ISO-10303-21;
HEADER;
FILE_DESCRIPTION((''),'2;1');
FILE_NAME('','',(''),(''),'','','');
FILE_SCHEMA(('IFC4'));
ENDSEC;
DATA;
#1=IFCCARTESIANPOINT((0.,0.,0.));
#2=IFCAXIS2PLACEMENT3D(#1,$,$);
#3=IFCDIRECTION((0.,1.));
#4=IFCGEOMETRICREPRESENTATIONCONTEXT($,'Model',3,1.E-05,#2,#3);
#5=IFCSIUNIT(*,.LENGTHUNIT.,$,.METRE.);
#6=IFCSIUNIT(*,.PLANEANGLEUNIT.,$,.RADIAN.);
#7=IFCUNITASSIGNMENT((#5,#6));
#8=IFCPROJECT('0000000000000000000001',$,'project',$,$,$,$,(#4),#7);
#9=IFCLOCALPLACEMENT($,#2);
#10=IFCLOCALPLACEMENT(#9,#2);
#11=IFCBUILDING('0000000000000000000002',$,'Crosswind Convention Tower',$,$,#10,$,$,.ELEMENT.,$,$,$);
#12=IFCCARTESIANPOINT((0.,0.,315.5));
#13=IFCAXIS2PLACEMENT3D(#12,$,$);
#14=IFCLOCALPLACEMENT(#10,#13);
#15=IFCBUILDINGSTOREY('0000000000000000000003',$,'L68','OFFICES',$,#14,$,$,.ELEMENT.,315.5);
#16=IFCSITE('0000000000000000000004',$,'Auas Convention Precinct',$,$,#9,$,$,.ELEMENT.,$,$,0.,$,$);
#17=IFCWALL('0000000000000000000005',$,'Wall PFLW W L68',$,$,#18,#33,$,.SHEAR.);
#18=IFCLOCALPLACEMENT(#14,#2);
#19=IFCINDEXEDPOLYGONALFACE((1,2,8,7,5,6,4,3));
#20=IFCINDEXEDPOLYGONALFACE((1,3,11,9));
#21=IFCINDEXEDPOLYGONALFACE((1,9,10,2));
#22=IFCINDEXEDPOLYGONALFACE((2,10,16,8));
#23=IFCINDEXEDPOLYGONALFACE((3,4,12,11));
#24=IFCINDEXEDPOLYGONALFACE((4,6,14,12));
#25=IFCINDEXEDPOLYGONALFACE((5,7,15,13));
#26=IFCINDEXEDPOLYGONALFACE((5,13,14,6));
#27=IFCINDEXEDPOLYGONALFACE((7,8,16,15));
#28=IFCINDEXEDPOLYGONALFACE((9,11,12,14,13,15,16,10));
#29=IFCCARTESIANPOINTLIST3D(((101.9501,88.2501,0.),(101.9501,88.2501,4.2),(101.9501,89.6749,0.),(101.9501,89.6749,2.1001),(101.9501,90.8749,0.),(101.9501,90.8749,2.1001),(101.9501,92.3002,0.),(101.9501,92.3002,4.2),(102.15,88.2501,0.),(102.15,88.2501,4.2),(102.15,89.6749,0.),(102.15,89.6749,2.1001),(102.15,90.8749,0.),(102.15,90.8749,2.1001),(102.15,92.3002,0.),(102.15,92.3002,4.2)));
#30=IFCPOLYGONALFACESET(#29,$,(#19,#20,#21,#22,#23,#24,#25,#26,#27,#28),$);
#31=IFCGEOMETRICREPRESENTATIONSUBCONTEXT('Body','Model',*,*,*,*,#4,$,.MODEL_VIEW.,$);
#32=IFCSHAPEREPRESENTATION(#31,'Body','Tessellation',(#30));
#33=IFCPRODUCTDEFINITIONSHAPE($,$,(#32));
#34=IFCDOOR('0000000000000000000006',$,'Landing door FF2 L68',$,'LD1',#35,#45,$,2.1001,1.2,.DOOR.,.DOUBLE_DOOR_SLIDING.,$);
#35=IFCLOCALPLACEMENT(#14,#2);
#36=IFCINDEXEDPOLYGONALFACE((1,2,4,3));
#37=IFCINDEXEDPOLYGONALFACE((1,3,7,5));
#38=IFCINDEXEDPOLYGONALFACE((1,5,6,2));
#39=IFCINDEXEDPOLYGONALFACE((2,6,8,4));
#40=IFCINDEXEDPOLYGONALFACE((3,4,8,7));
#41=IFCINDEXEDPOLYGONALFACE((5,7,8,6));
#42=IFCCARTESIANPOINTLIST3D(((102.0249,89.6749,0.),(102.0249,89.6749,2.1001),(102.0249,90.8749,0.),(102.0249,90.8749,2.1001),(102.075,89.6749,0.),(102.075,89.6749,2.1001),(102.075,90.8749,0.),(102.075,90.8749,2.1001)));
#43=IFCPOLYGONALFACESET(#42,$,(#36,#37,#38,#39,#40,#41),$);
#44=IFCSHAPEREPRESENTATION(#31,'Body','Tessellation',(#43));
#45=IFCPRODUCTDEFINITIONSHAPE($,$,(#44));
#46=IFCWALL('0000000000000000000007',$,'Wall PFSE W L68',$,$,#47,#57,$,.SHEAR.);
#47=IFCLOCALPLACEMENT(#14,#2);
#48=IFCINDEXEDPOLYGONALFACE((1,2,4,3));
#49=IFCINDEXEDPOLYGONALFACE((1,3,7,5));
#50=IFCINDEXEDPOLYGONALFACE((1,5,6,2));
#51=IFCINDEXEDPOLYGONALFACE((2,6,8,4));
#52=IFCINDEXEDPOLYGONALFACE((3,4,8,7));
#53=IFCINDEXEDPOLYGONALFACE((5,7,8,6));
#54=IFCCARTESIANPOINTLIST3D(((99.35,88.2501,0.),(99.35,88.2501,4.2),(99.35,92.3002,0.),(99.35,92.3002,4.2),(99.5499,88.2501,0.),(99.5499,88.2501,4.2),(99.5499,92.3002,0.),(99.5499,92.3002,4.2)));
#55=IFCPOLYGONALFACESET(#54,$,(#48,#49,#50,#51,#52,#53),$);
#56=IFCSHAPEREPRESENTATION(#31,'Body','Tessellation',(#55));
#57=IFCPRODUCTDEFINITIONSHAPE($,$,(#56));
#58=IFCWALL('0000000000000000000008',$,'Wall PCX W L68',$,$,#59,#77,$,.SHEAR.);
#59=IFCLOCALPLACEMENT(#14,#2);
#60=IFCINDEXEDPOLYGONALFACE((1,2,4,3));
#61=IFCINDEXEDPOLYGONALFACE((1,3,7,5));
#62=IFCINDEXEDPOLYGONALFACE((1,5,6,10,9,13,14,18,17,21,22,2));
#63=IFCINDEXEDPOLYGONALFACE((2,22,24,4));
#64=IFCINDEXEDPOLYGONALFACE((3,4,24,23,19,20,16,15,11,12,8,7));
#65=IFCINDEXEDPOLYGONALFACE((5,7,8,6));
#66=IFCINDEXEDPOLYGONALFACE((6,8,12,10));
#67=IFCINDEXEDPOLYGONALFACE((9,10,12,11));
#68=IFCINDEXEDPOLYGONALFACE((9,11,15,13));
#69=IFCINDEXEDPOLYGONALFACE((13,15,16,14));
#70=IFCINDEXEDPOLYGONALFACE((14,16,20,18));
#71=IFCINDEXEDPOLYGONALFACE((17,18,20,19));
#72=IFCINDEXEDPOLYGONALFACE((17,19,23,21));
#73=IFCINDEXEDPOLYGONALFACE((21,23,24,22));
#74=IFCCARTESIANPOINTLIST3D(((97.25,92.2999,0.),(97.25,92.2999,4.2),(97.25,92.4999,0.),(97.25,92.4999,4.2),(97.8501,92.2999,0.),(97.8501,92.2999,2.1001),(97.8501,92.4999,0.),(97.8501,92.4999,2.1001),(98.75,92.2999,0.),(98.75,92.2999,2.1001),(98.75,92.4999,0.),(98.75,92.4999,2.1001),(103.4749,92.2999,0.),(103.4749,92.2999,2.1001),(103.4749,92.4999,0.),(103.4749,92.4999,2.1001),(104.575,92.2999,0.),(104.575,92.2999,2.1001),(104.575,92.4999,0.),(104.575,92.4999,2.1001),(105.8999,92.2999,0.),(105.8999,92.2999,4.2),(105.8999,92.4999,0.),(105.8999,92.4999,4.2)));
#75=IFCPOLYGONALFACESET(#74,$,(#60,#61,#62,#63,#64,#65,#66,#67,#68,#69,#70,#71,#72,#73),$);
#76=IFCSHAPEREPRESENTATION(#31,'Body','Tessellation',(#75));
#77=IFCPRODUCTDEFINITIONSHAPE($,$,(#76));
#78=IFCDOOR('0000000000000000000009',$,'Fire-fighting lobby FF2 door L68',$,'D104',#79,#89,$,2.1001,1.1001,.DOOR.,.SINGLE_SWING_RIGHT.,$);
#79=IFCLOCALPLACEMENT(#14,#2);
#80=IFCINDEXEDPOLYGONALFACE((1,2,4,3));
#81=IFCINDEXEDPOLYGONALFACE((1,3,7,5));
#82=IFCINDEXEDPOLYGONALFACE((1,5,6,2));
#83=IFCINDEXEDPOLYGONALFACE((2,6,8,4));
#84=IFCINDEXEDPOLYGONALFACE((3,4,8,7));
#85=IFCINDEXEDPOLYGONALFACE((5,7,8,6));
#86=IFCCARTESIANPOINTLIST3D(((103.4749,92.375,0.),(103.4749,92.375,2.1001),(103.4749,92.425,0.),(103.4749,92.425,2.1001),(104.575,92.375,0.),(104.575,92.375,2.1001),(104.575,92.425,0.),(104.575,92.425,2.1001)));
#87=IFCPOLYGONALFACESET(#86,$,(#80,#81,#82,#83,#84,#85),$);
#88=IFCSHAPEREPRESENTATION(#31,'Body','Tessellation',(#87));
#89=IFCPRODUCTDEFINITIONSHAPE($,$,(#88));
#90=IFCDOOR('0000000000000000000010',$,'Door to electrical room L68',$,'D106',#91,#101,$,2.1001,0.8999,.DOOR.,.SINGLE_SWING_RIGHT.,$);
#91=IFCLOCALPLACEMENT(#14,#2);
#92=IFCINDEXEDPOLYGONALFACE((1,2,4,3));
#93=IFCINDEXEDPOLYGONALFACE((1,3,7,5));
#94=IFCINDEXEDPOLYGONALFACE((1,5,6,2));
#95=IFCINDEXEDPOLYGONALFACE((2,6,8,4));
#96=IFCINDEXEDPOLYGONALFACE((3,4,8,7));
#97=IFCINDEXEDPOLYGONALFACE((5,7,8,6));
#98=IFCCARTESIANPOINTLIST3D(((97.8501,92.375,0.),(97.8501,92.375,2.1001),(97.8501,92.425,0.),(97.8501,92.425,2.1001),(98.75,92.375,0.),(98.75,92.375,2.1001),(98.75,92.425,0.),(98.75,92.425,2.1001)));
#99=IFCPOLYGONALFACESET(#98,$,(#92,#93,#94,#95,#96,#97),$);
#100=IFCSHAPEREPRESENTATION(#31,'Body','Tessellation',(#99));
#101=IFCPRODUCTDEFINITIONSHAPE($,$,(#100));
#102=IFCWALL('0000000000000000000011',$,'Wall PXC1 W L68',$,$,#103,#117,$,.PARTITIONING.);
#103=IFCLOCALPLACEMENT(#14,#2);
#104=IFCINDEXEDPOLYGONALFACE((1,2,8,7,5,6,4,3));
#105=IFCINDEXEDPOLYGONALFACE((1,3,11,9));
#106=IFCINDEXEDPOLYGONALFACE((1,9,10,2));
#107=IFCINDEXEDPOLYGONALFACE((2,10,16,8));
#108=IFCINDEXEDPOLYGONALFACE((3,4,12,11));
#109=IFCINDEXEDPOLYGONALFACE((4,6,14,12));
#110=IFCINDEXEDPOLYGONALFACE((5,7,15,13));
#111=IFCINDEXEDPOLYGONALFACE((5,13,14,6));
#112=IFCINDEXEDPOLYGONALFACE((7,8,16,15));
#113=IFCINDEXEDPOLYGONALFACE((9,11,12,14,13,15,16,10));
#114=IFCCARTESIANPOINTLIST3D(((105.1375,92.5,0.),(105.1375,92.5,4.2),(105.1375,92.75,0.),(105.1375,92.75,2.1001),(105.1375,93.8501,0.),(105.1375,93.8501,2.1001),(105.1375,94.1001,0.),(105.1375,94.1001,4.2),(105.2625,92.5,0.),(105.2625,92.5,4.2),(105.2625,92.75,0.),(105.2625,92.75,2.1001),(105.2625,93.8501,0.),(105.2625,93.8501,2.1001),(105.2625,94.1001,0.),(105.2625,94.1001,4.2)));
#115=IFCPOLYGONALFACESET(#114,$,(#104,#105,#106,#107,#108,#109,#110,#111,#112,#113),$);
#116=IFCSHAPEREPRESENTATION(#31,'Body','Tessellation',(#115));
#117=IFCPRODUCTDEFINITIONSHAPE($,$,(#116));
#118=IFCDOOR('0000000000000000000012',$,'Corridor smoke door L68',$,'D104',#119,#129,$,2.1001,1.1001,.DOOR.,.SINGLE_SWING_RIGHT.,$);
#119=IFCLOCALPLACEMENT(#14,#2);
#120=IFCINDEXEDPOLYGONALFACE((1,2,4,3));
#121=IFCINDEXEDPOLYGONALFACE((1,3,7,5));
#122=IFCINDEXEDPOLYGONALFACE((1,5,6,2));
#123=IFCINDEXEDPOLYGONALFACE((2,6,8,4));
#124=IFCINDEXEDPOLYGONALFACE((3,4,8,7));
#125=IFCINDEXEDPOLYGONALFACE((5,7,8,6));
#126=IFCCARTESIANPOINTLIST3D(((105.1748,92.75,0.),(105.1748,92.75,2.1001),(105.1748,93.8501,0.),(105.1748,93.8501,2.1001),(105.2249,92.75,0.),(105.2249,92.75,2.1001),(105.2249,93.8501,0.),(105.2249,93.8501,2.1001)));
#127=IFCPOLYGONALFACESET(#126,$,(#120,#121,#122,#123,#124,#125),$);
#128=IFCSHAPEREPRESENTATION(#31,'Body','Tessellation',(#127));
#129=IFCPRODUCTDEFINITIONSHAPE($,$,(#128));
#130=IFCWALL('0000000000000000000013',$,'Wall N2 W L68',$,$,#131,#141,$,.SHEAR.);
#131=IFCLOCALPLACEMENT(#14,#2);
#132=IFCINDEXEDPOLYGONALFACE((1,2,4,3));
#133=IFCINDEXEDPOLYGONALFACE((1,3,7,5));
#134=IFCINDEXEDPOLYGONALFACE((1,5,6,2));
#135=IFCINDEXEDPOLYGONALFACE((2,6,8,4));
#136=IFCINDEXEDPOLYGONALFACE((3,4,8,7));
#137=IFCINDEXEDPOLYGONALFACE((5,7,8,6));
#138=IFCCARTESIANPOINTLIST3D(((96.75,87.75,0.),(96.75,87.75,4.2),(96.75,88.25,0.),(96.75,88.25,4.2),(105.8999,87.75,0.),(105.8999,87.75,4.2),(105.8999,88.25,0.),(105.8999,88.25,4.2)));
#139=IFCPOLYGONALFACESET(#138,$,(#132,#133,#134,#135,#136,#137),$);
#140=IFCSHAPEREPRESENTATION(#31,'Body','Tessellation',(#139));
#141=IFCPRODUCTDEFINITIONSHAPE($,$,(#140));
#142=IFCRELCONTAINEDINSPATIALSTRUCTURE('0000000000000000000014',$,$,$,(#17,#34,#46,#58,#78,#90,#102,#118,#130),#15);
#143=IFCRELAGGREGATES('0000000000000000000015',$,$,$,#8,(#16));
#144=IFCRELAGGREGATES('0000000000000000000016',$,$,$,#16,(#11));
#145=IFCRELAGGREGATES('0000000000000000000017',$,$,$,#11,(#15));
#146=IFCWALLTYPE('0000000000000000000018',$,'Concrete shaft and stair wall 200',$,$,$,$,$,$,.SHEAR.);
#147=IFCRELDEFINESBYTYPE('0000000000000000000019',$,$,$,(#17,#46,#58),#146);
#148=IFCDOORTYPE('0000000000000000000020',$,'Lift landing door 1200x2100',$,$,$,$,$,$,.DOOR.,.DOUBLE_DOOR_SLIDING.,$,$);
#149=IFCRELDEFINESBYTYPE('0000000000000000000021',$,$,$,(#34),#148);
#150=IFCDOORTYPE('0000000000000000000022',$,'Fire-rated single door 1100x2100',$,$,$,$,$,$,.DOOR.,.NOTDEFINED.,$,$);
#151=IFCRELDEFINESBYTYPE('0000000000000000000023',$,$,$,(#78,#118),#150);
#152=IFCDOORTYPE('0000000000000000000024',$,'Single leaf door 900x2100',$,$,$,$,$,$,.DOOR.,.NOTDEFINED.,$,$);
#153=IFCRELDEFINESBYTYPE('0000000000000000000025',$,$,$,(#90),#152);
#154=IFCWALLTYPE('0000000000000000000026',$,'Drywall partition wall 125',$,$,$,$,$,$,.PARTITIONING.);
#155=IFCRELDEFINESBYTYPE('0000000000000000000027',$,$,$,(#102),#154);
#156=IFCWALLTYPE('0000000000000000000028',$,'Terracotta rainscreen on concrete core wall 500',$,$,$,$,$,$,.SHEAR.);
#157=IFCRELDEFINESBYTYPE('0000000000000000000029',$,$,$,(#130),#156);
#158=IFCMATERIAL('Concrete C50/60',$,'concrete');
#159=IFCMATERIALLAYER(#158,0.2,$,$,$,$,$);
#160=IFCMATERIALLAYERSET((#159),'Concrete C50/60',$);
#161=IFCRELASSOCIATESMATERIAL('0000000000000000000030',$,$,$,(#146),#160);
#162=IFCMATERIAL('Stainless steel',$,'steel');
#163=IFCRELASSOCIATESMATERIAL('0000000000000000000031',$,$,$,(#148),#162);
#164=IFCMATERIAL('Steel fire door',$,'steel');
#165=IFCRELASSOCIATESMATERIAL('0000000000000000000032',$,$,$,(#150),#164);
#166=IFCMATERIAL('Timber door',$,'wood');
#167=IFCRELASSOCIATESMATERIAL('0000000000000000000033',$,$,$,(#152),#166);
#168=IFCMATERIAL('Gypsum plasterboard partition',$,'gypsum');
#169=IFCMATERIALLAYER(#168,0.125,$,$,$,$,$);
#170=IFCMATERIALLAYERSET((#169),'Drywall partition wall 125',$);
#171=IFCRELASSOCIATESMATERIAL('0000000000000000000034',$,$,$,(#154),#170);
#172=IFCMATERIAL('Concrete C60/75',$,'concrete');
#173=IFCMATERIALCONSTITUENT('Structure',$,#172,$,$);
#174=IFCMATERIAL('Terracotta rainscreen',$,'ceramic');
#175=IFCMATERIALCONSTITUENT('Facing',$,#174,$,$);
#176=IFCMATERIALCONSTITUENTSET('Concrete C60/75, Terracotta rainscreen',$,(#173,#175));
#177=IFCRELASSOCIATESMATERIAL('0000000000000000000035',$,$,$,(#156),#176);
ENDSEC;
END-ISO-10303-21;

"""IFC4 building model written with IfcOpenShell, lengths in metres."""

from ifc_helpers import new_model, si_unit, direction, frame, frame_2d, origin, place, context, subcontext, project, spatial, rectangle, extrude, material, layer, layer_set, constituent, constituent_set, type_object, element, fill, save


model = new_model("IFC4")

# Units and contexts
model_context = context("Model", 3, precision=1e-05, world=origin(), true_north=direction((0.0, 1.0)))
body_context = subcontext(model_context, "Body", "Model", "MODEL_VIEW")
ifc_project = project(units=[si_unit("LENGTHUNIT", "METRE"), si_unit("PLANEANGLEUNIT", "RADIAN")], contexts=[model_context])

# Site, building, storey
site_placement = place(None, origin())
site = spatial("IfcSite", under=ifc_project, at=site_placement, Name="Auas Convention Precinct", CompositionType="ELEMENT", RefElevation=0.0)
building_placement = place(site_placement, origin())
building = spatial("IfcBuilding", under=site, at=building_placement, Name="Crosswind Convention Tower", CompositionType="ELEMENT")
storey_placement = place(building_placement, frame((0.0, 0.0, 315.5)))
storey = spatial("IfcBuildingStorey", under=building, at=storey_placement, Name="L68", Description="OFFICES", CompositionType="ELEMENT", Elevation=315.5)

# Shared definitions
ifc_material_1 = material(Name="Concrete C50/60", Category="concrete")
ifc_layer_1 = layer(ifc_material_1, 0.2)
ifc_layer_set_1 = layer_set([ifc_layer_1], Name="Concrete C50/60")
wall_type_1 = type_object("IfcWallType", Name="Concrete shaft and stair wall 200", PredefinedType="SHEAR", material=ifc_layer_set_1)

# Wall, opening, door
wall_1_placement = place(storey_placement, frame((102.05, 92.3, 0.0), z_axis=(0.0, 0.0, 1.0), x_axis=(0.0, -1.0, 0.0)))
wall_1 = element("IfcWall", 1, at=wall_1_placement, inside=storey, type_object=wall_type_1, Name="Wall PFLW W L68", PredefinedType="SHEAR", context=body_context, shape_type="SweptSolid", body=[
    extrude(rectangle(XDim=4.05, YDim=0.2, at=frame_2d((2.0249, 0.0))), origin(), (0.0, 0.0, 1.0), 4.2),
])
opening_1_placement = place(wall_1_placement, frame((1.425, 0.0, 0.0)))
opening_1 = element("IfcOpeningElement", 2, at=opening_1_placement, cuts=wall_1, PredefinedType="OPENING", context=body_context, shape_type="SweptSolid", body=[
    extrude(rectangle(XDim=1.2, YDim=2.1001, at=frame_2d((0.6001, 1.05))), frame((0.0, 0.1099, 0.0), z_axis=(0.0, -1.0, 0.0), x_axis=(1.0, 0.0, 0.0)), (0.0, 0.0, 1.0), 0.22),
])
ifc_material_2 = material(Name="Stainless steel", Category="steel")
door_type_1 = type_object("IfcDoorType", Name="Lift landing door 1200x2100", OperationType="DOUBLE_DOOR_SLIDING", PredefinedType="DOOR", material=ifc_material_2)
door_1_placement = place(opening_1_placement, origin())
door_1 = element("IfcDoor", 3, at=door_1_placement, inside=storey, type_object=door_type_1, Name="Landing door FF2 L68", ObjectType="LD1", OperationType="DOUBLE_DOOR_SLIDING", OverallHeight=2.1001, OverallWidth=1.2, PredefinedType="DOOR", context=body_context, shape_type="SweptSolid", body=[
    extrude(rectangle(XDim=1.2, YDim=2.1001, at=frame_2d((0.6001, 1.05))), frame((0.0, 0.0249, 0.0), z_axis=(0.0, -1.0, 0.0), x_axis=(1.0, 0.0, 0.0)), (0.0, 0.0, 1.0), 0.05),
])
fill(opening_1, door_1)

# Wall
wall_2_placement = place(storey_placement, frame((99.45, 92.3, 0.0), z_axis=(0.0, 0.0, 1.0), x_axis=(0.0, -1.0, 0.0)))
element("IfcWall", 4, at=wall_2_placement, inside=storey, type_object=wall_type_1, Name="Wall PFSE W L68", PredefinedType="SHEAR", context=body_context, shape_type="SweptSolid", body=[
    extrude(rectangle(XDim=4.05, YDim=0.2, at=frame_2d((2.0249, 0.0))), origin(), (0.0, 0.0, 1.0), 4.2),
])

# Wall, openings, doors
wall_3_placement = place(storey_placement, frame((105.8999, 92.3999, 0.0), z_axis=(0.0, 0.0, 1.0), x_axis=(-1.0, 0.0, 0.0)))
wall_3 = element("IfcWall", 5, at=wall_3_placement, inside=storey, type_object=wall_type_1, Name="Wall PCX W L68", PredefinedType="SHEAR", context=body_context, shape_type="SweptSolid", body=[
    extrude(rectangle(XDim=8.6499, YDim=0.2, at=frame_2d((4.325, 0.0))), origin(), (0.0, 0.0, 1.0), 4.2),
])
opening_2_placement = place(wall_3_placement, frame((1.325, 0.0, 0.0)))
opening_2 = element("IfcOpeningElement", 6, at=opening_2_placement, cuts=wall_3, PredefinedType="OPENING", context=body_context, shape_type="SweptSolid", body=[
    extrude(rectangle(XDim=1.1001, YDim=2.1001, at=frame_2d((0.55, 1.05))), frame((0.0, 0.1099, 0.0), z_axis=(0.0, -1.0, 0.0), x_axis=(1.0, 0.0, 0.0)), (0.0, 0.0, 1.0), 0.22),
])
opening_3_placement = place(wall_3_placement, frame((7.1499, 0.0, 0.0)))
opening_3 = element("IfcOpeningElement", 7, at=opening_3_placement, cuts=wall_3, PredefinedType="OPENING", context=body_context, shape_type="SweptSolid", body=[
    extrude(rectangle(XDim=0.8999, YDim=2.1001, at=frame_2d((0.45, 1.05))), frame((0.0, 0.1099, 0.0), z_axis=(0.0, -1.0, 0.0), x_axis=(1.0, 0.0, 0.0)), (0.0, 0.0, 1.0), 0.22),
])
ifc_material_3 = material(Name="Steel fire door", Category="steel")
door_type_2 = type_object("IfcDoorType", Name="Fire-rated single door 1100x2100", OperationType="NOTDEFINED", PredefinedType="DOOR", material=ifc_material_3)
door_2_placement = place(opening_2_placement, origin())
door_2 = element("IfcDoor", 8, at=door_2_placement, inside=storey, type_object=door_type_2, Name="Fire-fighting lobby FF2 door L68", ObjectType="D104", OperationType="SINGLE_SWING_RIGHT", OverallHeight=2.1001, OverallWidth=1.1001, PredefinedType="DOOR", context=body_context, shape_type="SweptSolid", body=[
    extrude(rectangle(XDim=1.1001, YDim=2.1001, at=frame_2d((0.55, 1.05))), frame((0.0, 0.0249, 0.0), z_axis=(0.0, -1.0, 0.0), x_axis=(1.0, 0.0, 0.0)), (0.0, 0.0, 1.0), 0.05),
])
fill(opening_2, door_2)
ifc_material_4 = material(Name="Timber door", Category="wood")
door_type_3 = type_object("IfcDoorType", Name="Single leaf door 900x2100", OperationType="NOTDEFINED", PredefinedType="DOOR", material=ifc_material_4)
door_3_placement = place(opening_3_placement, origin())
door_3 = element("IfcDoor", 9, at=door_3_placement, inside=storey, type_object=door_type_3, Name="Door to electrical room L68", ObjectType="D106", OperationType="SINGLE_SWING_RIGHT", OverallHeight=2.1001, OverallWidth=0.8999, PredefinedType="DOOR", context=body_context, shape_type="SweptSolid", body=[
    extrude(rectangle(XDim=0.8999, YDim=2.1001, at=frame_2d((0.45, 1.05))), frame((0.0, 0.0249, 0.0), z_axis=(0.0, -1.0, 0.0), x_axis=(1.0, 0.0, 0.0)), (0.0, 0.0, 1.0), 0.05),
])
fill(opening_3, door_3)

# Wall, opening, door
ifc_material_5 = material(Name="Gypsum plasterboard partition", Category="gypsum")
ifc_layer_2 = layer(ifc_material_5, 0.125)
ifc_layer_set_2 = layer_set([ifc_layer_2], Name="Drywall partition wall 125")
wall_type_2 = type_object("IfcWallType", Name="Drywall partition wall 125", PredefinedType="PARTITIONING", material=ifc_layer_set_2)
wall_4_placement = place(storey_placement, frame((105.2, 94.1001, 0.0), z_axis=(0.0, 0.0, 1.0), x_axis=(0.0, -1.0, 0.0)))
wall_4 = element("IfcWall", 10, at=wall_4_placement, inside=storey, type_object=wall_type_2, Name="Wall PXC1 W L68", PredefinedType="PARTITIONING", context=body_context, shape_type="SweptSolid", body=[
    extrude(rectangle(XDim=1.6001, YDim=0.125, at=frame_2d((0.8, 0.0))), origin(), (0.0, 0.0, 1.0), 4.2),
])
opening_4_placement = place(wall_4_placement, frame((0.25, 0.0, 0.0)))
opening_4 = element("IfcOpeningElement", 11, at=opening_4_placement, cuts=wall_4, PredefinedType="OPENING", context=body_context, shape_type="SweptSolid", body=[
    extrude(rectangle(XDim=1.1001, YDim=2.1001, at=frame_2d((0.55, 1.05))), frame((0.0, 0.0725, 0.0), z_axis=(0.0, -1.0, 0.0), x_axis=(1.0, 0.0, 0.0)), (0.0, 0.0, 1.0), 0.145),
])
door_4_placement = place(opening_4_placement, origin())
door_4 = element("IfcDoor", 12, at=door_4_placement, inside=storey, type_object=door_type_2, Name="Corridor smoke door L68", ObjectType="D104", OperationType="SINGLE_SWING_RIGHT", OverallHeight=2.1001, OverallWidth=1.1001, PredefinedType="DOOR", context=body_context, shape_type="SweptSolid", body=[
    extrude(rectangle(XDim=1.1001, YDim=2.1001, at=frame_2d((0.55, 1.05))), frame((0.0, 0.0249, 0.0), z_axis=(0.0, -1.0, 0.0), x_axis=(1.0, 0.0, 0.0)), (0.0, 0.0, 1.0), 0.05),
])
fill(opening_4, door_4)

# Wall
ifc_material_6 = material(Name="Concrete C60/75", Category="concrete")
ifc_constituent_1 = constituent(ifc_material_6, Name="Structure")
ifc_material_7 = material(Name="Terracotta rainscreen", Category="ceramic")
ifc_constituent_2 = constituent(ifc_material_7, Name="Facing")
ifc_constituent_set = constituent_set(constituents=[ifc_constituent_1, ifc_constituent_2], Name="Concrete C60/75, Terracotta rainscreen")
wall_type_3 = type_object("IfcWallType", Name="Terracotta rainscreen on concrete core wall 500", PredefinedType="SHEAR", material=ifc_constituent_set)
wall_5_placement = place(storey_placement, frame((105.8999, 88.0, 0.0), z_axis=(0.0, 0.0, 1.0), x_axis=(-1.0, 0.0, 0.0)))
element("IfcWall", 13, at=wall_5_placement, inside=storey, type_object=wall_type_3, Name="Wall N2 W L68", PredefinedType="SHEAR", context=body_context, shape_type="SweptSolid", body=[
    extrude(rectangle(XDim=9.1499, YDim=0.5, at=frame_2d((4.575, 0.0))), origin(), (0.0, 0.0, 1.0), 4.2),
])

save(model, "model.ifc")
